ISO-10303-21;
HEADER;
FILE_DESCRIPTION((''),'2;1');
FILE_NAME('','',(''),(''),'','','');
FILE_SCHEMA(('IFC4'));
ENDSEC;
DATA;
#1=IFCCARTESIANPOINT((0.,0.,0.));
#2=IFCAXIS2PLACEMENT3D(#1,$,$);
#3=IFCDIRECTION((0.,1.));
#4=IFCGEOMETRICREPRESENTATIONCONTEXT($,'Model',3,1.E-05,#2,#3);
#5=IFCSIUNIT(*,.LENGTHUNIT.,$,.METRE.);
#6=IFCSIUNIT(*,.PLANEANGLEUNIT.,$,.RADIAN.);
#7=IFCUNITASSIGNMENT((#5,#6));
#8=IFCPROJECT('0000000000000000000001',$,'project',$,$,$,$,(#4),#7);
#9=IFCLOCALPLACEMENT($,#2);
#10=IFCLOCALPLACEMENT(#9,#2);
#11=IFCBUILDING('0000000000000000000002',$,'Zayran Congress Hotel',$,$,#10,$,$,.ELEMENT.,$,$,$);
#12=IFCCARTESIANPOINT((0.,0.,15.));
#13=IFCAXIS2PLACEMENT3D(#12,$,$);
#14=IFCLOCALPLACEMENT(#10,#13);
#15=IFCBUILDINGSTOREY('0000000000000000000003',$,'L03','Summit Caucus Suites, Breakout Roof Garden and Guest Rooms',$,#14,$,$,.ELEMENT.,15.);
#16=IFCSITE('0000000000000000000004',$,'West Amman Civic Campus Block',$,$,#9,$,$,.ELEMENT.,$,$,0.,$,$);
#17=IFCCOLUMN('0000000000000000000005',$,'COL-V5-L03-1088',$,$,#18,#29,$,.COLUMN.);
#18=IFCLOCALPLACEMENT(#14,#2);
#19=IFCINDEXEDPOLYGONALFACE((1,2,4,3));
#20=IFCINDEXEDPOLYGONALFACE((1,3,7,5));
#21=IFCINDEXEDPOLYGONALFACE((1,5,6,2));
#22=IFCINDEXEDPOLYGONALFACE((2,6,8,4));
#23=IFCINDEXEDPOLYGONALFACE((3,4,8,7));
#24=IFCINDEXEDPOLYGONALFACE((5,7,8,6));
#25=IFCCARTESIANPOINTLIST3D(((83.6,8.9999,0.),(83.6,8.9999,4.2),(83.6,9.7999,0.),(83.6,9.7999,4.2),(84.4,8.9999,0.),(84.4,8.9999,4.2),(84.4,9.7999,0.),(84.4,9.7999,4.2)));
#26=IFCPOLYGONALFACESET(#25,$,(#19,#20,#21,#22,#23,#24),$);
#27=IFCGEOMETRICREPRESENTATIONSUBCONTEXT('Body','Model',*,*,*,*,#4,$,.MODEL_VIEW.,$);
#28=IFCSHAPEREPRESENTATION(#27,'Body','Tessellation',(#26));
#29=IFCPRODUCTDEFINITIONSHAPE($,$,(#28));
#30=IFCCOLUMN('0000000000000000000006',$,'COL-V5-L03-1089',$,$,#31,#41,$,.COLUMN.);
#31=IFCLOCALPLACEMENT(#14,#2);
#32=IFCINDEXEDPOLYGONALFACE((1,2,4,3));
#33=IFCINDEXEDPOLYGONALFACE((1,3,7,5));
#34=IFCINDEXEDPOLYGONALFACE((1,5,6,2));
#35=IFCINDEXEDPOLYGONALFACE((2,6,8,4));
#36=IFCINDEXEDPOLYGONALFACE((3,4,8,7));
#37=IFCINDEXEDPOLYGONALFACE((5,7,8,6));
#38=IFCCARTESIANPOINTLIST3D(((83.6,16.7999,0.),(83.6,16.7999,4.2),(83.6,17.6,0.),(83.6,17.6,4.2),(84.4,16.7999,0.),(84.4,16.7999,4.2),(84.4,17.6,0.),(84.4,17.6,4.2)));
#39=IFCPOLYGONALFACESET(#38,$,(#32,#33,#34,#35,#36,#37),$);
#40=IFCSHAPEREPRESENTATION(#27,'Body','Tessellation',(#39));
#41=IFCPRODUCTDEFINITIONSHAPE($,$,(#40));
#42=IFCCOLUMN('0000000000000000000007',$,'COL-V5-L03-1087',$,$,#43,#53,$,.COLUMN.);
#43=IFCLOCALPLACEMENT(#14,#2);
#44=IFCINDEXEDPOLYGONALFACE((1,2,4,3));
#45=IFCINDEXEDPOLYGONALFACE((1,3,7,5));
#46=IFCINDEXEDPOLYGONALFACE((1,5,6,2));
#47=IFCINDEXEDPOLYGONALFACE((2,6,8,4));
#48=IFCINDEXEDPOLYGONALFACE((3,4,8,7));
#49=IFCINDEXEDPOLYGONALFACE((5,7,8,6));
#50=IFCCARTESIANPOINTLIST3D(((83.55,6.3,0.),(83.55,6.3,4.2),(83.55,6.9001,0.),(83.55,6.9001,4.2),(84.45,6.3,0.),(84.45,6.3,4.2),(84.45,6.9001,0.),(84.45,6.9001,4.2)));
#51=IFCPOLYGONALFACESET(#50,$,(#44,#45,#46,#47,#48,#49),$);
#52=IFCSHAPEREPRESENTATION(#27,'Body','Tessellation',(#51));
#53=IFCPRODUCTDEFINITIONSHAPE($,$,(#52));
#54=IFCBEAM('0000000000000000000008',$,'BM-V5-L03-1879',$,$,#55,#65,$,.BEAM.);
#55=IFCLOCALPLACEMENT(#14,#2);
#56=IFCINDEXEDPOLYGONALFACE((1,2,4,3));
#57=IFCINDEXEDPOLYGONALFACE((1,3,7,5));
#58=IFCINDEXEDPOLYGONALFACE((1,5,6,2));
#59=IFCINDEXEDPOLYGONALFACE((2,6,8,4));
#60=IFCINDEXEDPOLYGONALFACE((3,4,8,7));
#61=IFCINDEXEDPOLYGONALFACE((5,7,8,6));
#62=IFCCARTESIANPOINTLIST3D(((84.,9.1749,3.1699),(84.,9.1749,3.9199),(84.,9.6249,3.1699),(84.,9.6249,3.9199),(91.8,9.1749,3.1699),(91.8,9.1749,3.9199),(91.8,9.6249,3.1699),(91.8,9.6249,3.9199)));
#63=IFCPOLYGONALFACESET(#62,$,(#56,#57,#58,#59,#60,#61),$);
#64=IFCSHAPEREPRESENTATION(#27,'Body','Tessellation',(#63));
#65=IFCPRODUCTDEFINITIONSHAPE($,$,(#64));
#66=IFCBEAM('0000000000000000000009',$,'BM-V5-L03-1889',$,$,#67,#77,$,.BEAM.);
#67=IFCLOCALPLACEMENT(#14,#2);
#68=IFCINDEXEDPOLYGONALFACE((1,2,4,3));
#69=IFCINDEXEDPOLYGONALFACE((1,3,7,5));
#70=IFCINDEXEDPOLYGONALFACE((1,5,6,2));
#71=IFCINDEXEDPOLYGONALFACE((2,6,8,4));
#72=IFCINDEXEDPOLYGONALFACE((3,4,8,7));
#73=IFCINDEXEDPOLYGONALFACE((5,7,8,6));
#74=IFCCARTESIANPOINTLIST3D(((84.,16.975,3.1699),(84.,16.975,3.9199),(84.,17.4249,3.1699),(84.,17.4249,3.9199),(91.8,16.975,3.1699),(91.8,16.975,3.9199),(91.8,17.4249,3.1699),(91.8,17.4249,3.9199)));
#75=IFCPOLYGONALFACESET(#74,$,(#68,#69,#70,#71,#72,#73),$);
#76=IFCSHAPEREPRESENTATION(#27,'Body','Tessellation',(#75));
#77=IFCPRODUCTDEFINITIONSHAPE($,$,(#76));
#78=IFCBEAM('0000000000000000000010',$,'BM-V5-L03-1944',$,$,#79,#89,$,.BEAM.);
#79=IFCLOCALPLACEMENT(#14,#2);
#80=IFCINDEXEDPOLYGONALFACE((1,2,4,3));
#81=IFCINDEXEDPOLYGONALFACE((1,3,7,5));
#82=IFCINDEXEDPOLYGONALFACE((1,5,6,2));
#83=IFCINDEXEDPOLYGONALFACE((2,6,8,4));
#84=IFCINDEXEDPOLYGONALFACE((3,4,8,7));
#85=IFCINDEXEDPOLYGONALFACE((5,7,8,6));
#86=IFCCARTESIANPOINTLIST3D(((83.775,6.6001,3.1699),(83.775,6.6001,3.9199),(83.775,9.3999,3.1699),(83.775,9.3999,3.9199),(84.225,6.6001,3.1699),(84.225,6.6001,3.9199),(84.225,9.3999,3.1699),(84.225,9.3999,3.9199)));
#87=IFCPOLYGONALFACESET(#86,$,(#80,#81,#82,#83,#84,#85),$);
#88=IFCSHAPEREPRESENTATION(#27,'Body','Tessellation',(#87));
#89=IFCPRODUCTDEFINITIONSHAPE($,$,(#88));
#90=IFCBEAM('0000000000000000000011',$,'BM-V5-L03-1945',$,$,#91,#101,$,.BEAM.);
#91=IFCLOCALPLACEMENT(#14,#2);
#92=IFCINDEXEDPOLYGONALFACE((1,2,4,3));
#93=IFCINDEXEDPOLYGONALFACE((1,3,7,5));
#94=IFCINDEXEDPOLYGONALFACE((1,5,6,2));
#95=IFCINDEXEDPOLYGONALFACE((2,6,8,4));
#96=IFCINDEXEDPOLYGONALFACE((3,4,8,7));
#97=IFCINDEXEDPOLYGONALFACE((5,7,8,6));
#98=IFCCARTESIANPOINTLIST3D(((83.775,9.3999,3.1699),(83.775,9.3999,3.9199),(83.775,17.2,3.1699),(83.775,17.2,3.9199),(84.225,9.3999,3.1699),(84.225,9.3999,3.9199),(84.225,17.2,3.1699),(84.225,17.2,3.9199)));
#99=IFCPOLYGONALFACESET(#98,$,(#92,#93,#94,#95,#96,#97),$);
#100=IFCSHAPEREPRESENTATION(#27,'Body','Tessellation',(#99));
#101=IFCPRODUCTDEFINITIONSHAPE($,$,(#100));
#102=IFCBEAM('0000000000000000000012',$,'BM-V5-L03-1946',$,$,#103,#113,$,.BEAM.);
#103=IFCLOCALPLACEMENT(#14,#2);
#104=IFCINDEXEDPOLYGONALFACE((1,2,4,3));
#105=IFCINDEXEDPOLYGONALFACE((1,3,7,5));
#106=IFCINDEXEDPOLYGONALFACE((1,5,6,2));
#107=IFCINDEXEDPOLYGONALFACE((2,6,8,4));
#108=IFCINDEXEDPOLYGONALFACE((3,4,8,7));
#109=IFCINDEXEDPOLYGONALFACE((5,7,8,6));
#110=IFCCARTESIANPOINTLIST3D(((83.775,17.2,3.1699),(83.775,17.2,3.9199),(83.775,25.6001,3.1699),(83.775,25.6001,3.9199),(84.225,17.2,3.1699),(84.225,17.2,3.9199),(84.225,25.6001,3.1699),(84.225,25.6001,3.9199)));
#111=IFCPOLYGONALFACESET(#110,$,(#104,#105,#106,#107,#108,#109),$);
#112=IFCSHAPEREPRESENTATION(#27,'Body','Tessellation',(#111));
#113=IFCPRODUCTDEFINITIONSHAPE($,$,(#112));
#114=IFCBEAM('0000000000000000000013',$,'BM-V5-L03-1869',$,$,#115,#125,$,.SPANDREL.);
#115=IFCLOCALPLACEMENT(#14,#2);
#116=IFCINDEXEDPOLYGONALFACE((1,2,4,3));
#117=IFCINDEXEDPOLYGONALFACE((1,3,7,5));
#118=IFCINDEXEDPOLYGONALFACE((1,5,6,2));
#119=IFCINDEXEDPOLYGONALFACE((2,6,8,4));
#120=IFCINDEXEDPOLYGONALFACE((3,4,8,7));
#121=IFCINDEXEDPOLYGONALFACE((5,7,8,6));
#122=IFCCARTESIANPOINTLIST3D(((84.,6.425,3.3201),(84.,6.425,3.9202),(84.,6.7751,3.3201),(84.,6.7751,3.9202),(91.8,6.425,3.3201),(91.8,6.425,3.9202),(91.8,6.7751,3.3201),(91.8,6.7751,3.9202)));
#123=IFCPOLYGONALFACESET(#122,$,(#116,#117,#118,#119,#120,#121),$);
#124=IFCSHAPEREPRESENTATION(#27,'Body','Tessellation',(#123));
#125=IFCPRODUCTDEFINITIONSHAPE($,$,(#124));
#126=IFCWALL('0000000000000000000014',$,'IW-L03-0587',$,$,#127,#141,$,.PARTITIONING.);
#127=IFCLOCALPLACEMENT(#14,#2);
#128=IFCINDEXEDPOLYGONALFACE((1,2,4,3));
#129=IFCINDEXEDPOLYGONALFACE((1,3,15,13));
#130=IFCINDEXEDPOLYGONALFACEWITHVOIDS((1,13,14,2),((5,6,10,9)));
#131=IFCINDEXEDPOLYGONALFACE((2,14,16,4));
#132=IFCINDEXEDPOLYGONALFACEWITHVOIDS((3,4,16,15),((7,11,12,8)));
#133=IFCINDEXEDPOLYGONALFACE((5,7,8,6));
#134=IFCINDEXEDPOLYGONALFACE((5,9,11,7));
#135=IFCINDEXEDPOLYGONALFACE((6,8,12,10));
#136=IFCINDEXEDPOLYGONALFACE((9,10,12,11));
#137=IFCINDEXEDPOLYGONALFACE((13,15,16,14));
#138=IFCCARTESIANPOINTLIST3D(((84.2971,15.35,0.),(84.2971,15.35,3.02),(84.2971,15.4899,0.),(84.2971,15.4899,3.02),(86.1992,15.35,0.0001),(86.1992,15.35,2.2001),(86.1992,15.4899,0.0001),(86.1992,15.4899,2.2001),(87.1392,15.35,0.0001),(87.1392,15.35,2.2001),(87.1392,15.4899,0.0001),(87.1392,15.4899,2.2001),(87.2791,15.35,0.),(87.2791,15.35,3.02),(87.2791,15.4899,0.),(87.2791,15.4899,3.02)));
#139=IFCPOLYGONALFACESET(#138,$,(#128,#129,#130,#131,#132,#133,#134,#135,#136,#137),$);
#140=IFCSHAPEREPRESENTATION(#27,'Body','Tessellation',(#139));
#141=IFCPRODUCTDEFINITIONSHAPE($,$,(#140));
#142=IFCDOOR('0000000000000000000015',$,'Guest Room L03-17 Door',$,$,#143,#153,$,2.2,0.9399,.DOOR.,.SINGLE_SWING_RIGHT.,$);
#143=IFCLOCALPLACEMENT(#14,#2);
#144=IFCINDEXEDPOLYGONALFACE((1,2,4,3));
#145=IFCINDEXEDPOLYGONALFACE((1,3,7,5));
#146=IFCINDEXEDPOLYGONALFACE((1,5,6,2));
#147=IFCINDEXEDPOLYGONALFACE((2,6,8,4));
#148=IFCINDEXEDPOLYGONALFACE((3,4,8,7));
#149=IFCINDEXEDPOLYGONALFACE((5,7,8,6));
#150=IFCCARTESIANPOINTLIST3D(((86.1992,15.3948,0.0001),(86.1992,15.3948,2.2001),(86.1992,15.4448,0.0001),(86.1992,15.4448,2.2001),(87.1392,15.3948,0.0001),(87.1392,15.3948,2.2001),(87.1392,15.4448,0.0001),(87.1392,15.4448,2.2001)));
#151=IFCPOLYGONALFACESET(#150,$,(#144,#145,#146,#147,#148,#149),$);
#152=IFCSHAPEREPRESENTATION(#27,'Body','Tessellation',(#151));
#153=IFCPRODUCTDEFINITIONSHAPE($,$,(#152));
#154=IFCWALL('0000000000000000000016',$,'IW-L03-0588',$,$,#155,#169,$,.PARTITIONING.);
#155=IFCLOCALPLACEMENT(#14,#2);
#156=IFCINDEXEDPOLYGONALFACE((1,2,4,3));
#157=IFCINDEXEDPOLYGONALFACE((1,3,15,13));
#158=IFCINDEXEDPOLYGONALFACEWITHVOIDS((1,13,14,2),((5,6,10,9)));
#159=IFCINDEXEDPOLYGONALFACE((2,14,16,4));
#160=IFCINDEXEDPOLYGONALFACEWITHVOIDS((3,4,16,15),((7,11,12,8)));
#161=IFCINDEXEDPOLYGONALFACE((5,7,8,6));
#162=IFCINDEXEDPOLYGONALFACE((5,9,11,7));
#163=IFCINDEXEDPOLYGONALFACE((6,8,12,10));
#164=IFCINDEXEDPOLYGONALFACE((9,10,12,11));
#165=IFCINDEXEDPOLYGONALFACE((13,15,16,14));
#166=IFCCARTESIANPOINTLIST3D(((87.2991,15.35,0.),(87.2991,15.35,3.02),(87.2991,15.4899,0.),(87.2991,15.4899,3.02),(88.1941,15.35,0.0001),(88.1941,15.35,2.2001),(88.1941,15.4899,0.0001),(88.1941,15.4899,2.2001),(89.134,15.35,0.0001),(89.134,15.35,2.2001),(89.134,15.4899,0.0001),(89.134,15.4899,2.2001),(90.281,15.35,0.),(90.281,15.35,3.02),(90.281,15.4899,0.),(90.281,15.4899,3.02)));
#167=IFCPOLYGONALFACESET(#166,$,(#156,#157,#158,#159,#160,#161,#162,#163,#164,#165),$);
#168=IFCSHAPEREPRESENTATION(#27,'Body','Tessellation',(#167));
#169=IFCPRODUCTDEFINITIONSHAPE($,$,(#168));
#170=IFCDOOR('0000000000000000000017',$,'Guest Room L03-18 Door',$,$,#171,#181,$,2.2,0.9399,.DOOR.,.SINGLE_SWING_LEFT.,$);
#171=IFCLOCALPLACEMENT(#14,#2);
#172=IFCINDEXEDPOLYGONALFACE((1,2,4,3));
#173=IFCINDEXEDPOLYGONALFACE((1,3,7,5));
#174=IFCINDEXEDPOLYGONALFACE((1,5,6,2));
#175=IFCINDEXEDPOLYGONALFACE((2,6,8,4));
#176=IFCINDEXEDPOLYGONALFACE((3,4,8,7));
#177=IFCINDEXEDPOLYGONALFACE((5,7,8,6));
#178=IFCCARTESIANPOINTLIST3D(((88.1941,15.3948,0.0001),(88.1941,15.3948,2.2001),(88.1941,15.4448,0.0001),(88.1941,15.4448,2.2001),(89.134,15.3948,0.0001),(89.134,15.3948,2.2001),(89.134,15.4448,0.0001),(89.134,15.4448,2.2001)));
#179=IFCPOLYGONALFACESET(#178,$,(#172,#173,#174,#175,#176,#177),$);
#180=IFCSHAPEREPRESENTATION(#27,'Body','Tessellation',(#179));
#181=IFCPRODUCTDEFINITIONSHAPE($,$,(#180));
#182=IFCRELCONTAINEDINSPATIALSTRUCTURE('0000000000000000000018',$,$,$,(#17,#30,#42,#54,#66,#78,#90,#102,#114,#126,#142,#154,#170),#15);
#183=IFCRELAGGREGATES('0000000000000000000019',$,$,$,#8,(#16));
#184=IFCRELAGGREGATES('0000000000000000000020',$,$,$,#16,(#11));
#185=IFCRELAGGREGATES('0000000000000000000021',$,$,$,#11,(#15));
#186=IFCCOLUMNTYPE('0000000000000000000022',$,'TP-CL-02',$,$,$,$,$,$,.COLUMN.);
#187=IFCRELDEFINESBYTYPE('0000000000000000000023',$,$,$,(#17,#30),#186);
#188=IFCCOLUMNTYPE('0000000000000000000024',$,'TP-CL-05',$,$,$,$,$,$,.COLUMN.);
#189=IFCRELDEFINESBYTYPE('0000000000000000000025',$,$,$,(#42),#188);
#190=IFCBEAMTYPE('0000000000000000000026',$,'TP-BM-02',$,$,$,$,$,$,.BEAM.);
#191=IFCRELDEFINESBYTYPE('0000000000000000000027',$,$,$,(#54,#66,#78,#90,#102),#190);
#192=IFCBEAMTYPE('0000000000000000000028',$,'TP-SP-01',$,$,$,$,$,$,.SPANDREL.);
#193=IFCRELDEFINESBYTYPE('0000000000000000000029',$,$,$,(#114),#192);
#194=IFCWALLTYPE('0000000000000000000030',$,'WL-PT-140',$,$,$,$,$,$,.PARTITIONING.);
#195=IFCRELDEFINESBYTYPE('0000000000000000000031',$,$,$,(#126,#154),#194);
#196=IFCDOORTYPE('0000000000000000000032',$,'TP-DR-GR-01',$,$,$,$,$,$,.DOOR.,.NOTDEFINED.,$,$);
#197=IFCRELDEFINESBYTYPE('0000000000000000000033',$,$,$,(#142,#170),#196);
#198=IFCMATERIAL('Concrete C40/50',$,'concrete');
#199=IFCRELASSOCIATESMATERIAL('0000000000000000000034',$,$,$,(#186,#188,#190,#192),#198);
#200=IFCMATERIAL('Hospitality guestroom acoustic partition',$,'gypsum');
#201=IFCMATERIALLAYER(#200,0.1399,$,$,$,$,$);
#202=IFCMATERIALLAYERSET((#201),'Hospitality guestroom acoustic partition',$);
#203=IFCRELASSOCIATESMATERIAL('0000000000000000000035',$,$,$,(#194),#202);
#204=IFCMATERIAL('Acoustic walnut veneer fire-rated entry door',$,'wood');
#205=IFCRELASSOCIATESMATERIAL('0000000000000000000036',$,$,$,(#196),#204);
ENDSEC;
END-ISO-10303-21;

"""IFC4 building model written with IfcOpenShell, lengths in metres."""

from ifc_helpers import new_model, si_unit, direction, frame, frame_2d, origin, origin_2d, place, context, subcontext, project, spatial, rectangle, extrude, material, layer, layer_set, material_profile, profile_set, type_object, element, fill, save


model = new_model("IFC4")

# Units and contexts
model_context = context("Model", 3, precision=1e-05, world=origin(), true_north=direction((0.0, 1.0)))
body_context = subcontext(model_context, "Body", "Model", "MODEL_VIEW")
ifc_project = project(units=[si_unit("LENGTHUNIT", "METRE"), si_unit("PLANEANGLEUNIT", "RADIAN")], contexts=[model_context])

# Site, building, storey
site_placement = place(None, origin())
site = spatial("IfcSite", under=ifc_project, at=site_placement, Name="West Amman Civic Campus Block", CompositionType="ELEMENT", RefElevation=0.0)
building_placement = place(site_placement, origin())
building = spatial("IfcBuilding", under=site, at=building_placement, Name="Zayran Congress Hotel", CompositionType="ELEMENT")
storey_placement = place(building_placement, frame((0.0, 0.0, 15.0)))
storey = spatial("IfcBuildingStorey", under=building, at=storey_placement, Name="L03", Description="Summit Caucus Suites, Breakout Roof Garden and Guest Rooms", CompositionType="ELEMENT", Elevation=15.0)

# Columns
ifc_material_1 = material(Name="Concrete C40/50", Category="concrete")
ifc_material_profile_1 = material_profile(ifc_material_1, rectangle(XDim=0.8, YDim=0.8, at=origin_2d()), Name="RC 800x800")
ifc_profile_set_1 = profile_set([ifc_material_profile_1], Name="Concrete C40/50")
column_type_1 = type_object("IfcColumnType", Name="TP-CL-02", PredefinedType="COLUMN", material=ifc_profile_set_1)
for number, where, z_axis, x_axis, name in (
    (1, (84.0, 9.3999, 0.0), (0.0, 0.0, 1.0), (1.0, 0.0, 0.0), "COL-V5-L03-1088"),
    (2, (84.0, 17.2, 0.0), (0.0, 0.0, 1.0), (1.0, 0.0, 0.0), "COL-V5-L03-1089"),
):
    element("IfcColumn", number, at=place(storey_placement, frame(where, z_axis=z_axis, x_axis=x_axis)), inside=storey, type_object=column_type_1, Name=name, PredefinedType="COLUMN", context=body_context, shape_type="SweptSolid", body=[
        extrude(rectangle(XDim=0.8, YDim=0.8, at=origin_2d()), origin(), (0.0, 0.0, 1.0), 4.2),
    ])
ifc_material_profile_2 = material_profile(ifc_material_1, rectangle(XDim=0.6001, YDim=0.8999, at=origin_2d()), Name="RC 900x600")
ifc_profile_set_2 = profile_set([ifc_material_profile_2], Name="Concrete C40/50")
column_type_2 = type_object("IfcColumnType", Name="TP-CL-05", PredefinedType="COLUMN", material=ifc_profile_set_2)
column_placement = place(storey_placement, frame((84.0, 6.6001, 0.0), z_axis=(0.0, 0.0, 1.0), x_axis=(0.0, 1.0, 0.0)))
element("IfcColumn", 3, at=column_placement, inside=storey, type_object=column_type_2, Name="COL-V5-L03-1087", PredefinedType="COLUMN", context=body_context, shape_type="SweptSolid", body=[
    extrude(rectangle(XDim=0.6001, YDim=0.8999, at=origin_2d()), origin(), (0.0, 0.0, 1.0), 4.2),
])

# Beams
ifc_material_profile_3 = material_profile(ifc_material_1, rectangle(XDim=0.45, YDim=0.75, at=origin_2d()), Name="RC 450x750")
ifc_profile_set_3 = profile_set([ifc_material_profile_3], Name="Concrete C40/50")
beam_type_1 = type_object("IfcBeamType", Name="TP-BM-02", PredefinedType="BEAM", material=ifc_profile_set_3)
for number, where, z_axis, x_axis, name in (
    (4, (84.0, 9.3999, 3.5449), (1.0, 0.0, 0.0), (0.0, 1.0, 0.0), "BM-V5-L03-1879"),
    (5, (84.0, 17.2, 3.5449), (1.0, 0.0, 0.0), (0.0, 1.0, 0.0), "BM-V5-L03-1889"),
):
    element("IfcBeam", number, at=place(storey_placement, frame(where, z_axis=z_axis, x_axis=x_axis)), inside=storey, type_object=beam_type_1, Name=name, PredefinedType="BEAM", context=body_context, shape_type="SweptSolid", body=[
        extrude(rectangle(XDim=0.45, YDim=0.75, at=origin_2d()), origin(), (0.0, 0.0, 1.0), 7.8),
    ])
beam_1_placement = place(storey_placement, frame((84.0, 6.6001, 3.5449), z_axis=(0.0, 1.0, 0.0), x_axis=(-1.0, 0.0, 0.0)))
element("IfcBeam", 6, at=beam_1_placement, inside=storey, type_object=beam_type_1, Name="BM-V5-L03-1944", PredefinedType="BEAM", context=body_context, shape_type="SweptSolid", body=[
    extrude(rectangle(XDim=0.45, YDim=0.75, at=origin_2d()), origin(), (0.0, 0.0, 1.0), 2.7998),
])
beam_2_placement = place(storey_placement, frame((84.0, 9.3999, 3.5449), z_axis=(0.0, 1.0, 0.0), x_axis=(-1.0, 0.0, 0.0)))
element("IfcBeam", 7, at=beam_2_placement, inside=storey, type_object=beam_type_1, Name="BM-V5-L03-1945", PredefinedType="BEAM", context=body_context, shape_type="SweptSolid", body=[
    extrude(rectangle(XDim=0.45, YDim=0.75, at=origin_2d()), origin(), (0.0, 0.0, 1.0), 7.8),
])
beam_3_placement = place(storey_placement, frame((84.0, 17.2, 3.5449), z_axis=(0.0, 1.0, 0.0), x_axis=(-1.0, 0.0, 0.0)))
element("IfcBeam", 8, at=beam_3_placement, inside=storey, type_object=beam_type_1, Name="BM-V5-L03-1946", PredefinedType="BEAM", context=body_context, shape_type="SweptSolid", body=[
    extrude(rectangle(XDim=0.45, YDim=0.75, at=origin_2d()), origin(), (0.0, 0.0, 1.0), 8.4001),
])
ifc_material_profile_4 = material_profile(ifc_material_1, rectangle(XDim=0.3501, YDim=0.6001, at=origin_2d()), Name="RC 350x600")
ifc_profile_set_4 = profile_set([ifc_material_profile_4], Name="Concrete C40/50")
beam_type_2 = type_object("IfcBeamType", Name="TP-SP-01", PredefinedType="SPANDREL", material=ifc_profile_set_4)
beam_4_placement = place(storey_placement, frame((84.0, 6.6001, 3.6201), z_axis=(1.0, 0.0, 0.0), x_axis=(0.0, 1.0, 0.0)))
element("IfcBeam", 9, at=beam_4_placement, inside=storey, type_object=beam_type_2, Name="BM-V5-L03-1869", PredefinedType="SPANDREL", context=body_context, shape_type="SweptSolid", body=[
    extrude(rectangle(XDim=0.3501, YDim=0.6001, at=origin_2d()), origin(), (0.0, 0.0, 1.0), 7.8),
])

# Walls, openings, doors
ifc_material_2 = material(Name="Hospitality guestroom acoustic partition", Category="gypsum")
ifc_layer_1 = layer(ifc_material_2, 0.1399)
ifc_layer_set_1 = layer_set([ifc_layer_1], Name="Hospitality guestroom acoustic partition")
wall_type_1 = type_object("IfcWallType", Name="WL-PT-140", PredefinedType="PARTITIONING", material=ifc_layer_set_1)
wall_1_placement = place(storey_placement, frame((84.2971, 15.4199, 0.0), z_axis=(0.0, 0.0, 1.0), x_axis=(1.0, 0.0, 0.0)))
wall_1 = element("IfcWall", 10, at=wall_1_placement, inside=storey, type_object=wall_type_1, Name="IW-L03-0587", PredefinedType="PARTITIONING", context=body_context, shape_type="SweptSolid", body=[
    extrude(rectangle(XDim=2.9819, YDim=0.1399, at=frame_2d((1.491, 0.0))), origin(), (0.0, 0.0, 1.0), 3.02),
])
opening_1_placement = place(wall_1_placement, frame((1.9021, 0.0, 0.0)))
opening_1 = element("IfcOpeningElement", 11, at=opening_1_placement, cuts=wall_1, PredefinedType="OPENING", context=body_context, shape_type="SweptSolid", body=[
    extrude(rectangle(XDim=0.9399, YDim=2.2, at=frame_2d((0.47, 1.1001))), frame((0.0, 0.0798, 0.0), z_axis=(0.0, -1.0, 0.0), x_axis=(1.0, 0.0, 0.0)), (0.0, 0.0, 1.0), 0.1599),
])
ifc_material_3 = material(Name="Acoustic walnut veneer fire-rated entry door", Category="wood")
door_type_1 = type_object("IfcDoorType", Name="TP-DR-GR-01", OperationType="NOTDEFINED", PredefinedType="DOOR", material=ifc_material_3)
door_1_placement = place(opening_1_placement, origin())
door_1 = element("IfcDoor", 12, at=door_1_placement, inside=storey, type_object=door_type_1, Name="Guest Room L03-17 Door", OperationType="SINGLE_SWING_RIGHT", OverallHeight=2.2, OverallWidth=0.9399, PredefinedType="DOOR", context=body_context, shape_type="SweptSolid", body=[
    extrude(rectangle(XDim=0.9399, YDim=2.2, at=frame_2d((0.47, 1.1001))), frame((0.0, 0.0249, 0.0), z_axis=(0.0, -1.0, 0.0), x_axis=(1.0, 0.0, 0.0)), (0.0, 0.0, 1.0), 0.05),
])
fill(opening_1, door_1)
wall_2_placement = place(storey_placement, frame((87.2991, 15.4199, 0.0), z_axis=(0.0, 0.0, 1.0), x_axis=(1.0, 0.0, 0.0)))
wall_2 = element("IfcWall", 13, at=wall_2_placement, inside=storey, type_object=wall_type_1, Name="IW-L03-0588", PredefinedType="PARTITIONING", context=body_context, shape_type="SweptSolid", body=[
    extrude(rectangle(XDim=2.9819, YDim=0.1399, at=frame_2d((1.491, 0.0))), origin(), (0.0, 0.0, 1.0), 3.02),
])
opening_2_placement = place(wall_2_placement, frame((0.895, 0.0, 0.0)))
opening_2 = element("IfcOpeningElement", 14, at=opening_2_placement, cuts=wall_2, PredefinedType="OPENING", context=body_context, shape_type="SweptSolid", body=[
    extrude(rectangle(XDim=0.9399, YDim=2.2, at=frame_2d((0.47, 1.1001))), frame((0.0, 0.0798, 0.0), z_axis=(0.0, -1.0, 0.0), x_axis=(1.0, 0.0, 0.0)), (0.0, 0.0, 1.0), 0.1599),
])
door_2_placement = place(opening_2_placement, origin())
door_2 = element("IfcDoor", 15, at=door_2_placement, inside=storey, type_object=door_type_1, Name="Guest Room L03-18 Door", OperationType="SINGLE_SWING_LEFT", OverallHeight=2.2, OverallWidth=0.9399, PredefinedType="DOOR", context=body_context, shape_type="SweptSolid", body=[
    extrude(rectangle(XDim=0.9399, YDim=2.2, at=frame_2d((0.47, 1.1001))), frame((0.0, 0.0249, 0.0), z_axis=(0.0, -1.0, 0.0), x_axis=(1.0, 0.0, 0.0)), (0.0, 0.0, 1.0), 0.05),
])
fill(opening_2, door_2)

save(model, "model.ifc")
